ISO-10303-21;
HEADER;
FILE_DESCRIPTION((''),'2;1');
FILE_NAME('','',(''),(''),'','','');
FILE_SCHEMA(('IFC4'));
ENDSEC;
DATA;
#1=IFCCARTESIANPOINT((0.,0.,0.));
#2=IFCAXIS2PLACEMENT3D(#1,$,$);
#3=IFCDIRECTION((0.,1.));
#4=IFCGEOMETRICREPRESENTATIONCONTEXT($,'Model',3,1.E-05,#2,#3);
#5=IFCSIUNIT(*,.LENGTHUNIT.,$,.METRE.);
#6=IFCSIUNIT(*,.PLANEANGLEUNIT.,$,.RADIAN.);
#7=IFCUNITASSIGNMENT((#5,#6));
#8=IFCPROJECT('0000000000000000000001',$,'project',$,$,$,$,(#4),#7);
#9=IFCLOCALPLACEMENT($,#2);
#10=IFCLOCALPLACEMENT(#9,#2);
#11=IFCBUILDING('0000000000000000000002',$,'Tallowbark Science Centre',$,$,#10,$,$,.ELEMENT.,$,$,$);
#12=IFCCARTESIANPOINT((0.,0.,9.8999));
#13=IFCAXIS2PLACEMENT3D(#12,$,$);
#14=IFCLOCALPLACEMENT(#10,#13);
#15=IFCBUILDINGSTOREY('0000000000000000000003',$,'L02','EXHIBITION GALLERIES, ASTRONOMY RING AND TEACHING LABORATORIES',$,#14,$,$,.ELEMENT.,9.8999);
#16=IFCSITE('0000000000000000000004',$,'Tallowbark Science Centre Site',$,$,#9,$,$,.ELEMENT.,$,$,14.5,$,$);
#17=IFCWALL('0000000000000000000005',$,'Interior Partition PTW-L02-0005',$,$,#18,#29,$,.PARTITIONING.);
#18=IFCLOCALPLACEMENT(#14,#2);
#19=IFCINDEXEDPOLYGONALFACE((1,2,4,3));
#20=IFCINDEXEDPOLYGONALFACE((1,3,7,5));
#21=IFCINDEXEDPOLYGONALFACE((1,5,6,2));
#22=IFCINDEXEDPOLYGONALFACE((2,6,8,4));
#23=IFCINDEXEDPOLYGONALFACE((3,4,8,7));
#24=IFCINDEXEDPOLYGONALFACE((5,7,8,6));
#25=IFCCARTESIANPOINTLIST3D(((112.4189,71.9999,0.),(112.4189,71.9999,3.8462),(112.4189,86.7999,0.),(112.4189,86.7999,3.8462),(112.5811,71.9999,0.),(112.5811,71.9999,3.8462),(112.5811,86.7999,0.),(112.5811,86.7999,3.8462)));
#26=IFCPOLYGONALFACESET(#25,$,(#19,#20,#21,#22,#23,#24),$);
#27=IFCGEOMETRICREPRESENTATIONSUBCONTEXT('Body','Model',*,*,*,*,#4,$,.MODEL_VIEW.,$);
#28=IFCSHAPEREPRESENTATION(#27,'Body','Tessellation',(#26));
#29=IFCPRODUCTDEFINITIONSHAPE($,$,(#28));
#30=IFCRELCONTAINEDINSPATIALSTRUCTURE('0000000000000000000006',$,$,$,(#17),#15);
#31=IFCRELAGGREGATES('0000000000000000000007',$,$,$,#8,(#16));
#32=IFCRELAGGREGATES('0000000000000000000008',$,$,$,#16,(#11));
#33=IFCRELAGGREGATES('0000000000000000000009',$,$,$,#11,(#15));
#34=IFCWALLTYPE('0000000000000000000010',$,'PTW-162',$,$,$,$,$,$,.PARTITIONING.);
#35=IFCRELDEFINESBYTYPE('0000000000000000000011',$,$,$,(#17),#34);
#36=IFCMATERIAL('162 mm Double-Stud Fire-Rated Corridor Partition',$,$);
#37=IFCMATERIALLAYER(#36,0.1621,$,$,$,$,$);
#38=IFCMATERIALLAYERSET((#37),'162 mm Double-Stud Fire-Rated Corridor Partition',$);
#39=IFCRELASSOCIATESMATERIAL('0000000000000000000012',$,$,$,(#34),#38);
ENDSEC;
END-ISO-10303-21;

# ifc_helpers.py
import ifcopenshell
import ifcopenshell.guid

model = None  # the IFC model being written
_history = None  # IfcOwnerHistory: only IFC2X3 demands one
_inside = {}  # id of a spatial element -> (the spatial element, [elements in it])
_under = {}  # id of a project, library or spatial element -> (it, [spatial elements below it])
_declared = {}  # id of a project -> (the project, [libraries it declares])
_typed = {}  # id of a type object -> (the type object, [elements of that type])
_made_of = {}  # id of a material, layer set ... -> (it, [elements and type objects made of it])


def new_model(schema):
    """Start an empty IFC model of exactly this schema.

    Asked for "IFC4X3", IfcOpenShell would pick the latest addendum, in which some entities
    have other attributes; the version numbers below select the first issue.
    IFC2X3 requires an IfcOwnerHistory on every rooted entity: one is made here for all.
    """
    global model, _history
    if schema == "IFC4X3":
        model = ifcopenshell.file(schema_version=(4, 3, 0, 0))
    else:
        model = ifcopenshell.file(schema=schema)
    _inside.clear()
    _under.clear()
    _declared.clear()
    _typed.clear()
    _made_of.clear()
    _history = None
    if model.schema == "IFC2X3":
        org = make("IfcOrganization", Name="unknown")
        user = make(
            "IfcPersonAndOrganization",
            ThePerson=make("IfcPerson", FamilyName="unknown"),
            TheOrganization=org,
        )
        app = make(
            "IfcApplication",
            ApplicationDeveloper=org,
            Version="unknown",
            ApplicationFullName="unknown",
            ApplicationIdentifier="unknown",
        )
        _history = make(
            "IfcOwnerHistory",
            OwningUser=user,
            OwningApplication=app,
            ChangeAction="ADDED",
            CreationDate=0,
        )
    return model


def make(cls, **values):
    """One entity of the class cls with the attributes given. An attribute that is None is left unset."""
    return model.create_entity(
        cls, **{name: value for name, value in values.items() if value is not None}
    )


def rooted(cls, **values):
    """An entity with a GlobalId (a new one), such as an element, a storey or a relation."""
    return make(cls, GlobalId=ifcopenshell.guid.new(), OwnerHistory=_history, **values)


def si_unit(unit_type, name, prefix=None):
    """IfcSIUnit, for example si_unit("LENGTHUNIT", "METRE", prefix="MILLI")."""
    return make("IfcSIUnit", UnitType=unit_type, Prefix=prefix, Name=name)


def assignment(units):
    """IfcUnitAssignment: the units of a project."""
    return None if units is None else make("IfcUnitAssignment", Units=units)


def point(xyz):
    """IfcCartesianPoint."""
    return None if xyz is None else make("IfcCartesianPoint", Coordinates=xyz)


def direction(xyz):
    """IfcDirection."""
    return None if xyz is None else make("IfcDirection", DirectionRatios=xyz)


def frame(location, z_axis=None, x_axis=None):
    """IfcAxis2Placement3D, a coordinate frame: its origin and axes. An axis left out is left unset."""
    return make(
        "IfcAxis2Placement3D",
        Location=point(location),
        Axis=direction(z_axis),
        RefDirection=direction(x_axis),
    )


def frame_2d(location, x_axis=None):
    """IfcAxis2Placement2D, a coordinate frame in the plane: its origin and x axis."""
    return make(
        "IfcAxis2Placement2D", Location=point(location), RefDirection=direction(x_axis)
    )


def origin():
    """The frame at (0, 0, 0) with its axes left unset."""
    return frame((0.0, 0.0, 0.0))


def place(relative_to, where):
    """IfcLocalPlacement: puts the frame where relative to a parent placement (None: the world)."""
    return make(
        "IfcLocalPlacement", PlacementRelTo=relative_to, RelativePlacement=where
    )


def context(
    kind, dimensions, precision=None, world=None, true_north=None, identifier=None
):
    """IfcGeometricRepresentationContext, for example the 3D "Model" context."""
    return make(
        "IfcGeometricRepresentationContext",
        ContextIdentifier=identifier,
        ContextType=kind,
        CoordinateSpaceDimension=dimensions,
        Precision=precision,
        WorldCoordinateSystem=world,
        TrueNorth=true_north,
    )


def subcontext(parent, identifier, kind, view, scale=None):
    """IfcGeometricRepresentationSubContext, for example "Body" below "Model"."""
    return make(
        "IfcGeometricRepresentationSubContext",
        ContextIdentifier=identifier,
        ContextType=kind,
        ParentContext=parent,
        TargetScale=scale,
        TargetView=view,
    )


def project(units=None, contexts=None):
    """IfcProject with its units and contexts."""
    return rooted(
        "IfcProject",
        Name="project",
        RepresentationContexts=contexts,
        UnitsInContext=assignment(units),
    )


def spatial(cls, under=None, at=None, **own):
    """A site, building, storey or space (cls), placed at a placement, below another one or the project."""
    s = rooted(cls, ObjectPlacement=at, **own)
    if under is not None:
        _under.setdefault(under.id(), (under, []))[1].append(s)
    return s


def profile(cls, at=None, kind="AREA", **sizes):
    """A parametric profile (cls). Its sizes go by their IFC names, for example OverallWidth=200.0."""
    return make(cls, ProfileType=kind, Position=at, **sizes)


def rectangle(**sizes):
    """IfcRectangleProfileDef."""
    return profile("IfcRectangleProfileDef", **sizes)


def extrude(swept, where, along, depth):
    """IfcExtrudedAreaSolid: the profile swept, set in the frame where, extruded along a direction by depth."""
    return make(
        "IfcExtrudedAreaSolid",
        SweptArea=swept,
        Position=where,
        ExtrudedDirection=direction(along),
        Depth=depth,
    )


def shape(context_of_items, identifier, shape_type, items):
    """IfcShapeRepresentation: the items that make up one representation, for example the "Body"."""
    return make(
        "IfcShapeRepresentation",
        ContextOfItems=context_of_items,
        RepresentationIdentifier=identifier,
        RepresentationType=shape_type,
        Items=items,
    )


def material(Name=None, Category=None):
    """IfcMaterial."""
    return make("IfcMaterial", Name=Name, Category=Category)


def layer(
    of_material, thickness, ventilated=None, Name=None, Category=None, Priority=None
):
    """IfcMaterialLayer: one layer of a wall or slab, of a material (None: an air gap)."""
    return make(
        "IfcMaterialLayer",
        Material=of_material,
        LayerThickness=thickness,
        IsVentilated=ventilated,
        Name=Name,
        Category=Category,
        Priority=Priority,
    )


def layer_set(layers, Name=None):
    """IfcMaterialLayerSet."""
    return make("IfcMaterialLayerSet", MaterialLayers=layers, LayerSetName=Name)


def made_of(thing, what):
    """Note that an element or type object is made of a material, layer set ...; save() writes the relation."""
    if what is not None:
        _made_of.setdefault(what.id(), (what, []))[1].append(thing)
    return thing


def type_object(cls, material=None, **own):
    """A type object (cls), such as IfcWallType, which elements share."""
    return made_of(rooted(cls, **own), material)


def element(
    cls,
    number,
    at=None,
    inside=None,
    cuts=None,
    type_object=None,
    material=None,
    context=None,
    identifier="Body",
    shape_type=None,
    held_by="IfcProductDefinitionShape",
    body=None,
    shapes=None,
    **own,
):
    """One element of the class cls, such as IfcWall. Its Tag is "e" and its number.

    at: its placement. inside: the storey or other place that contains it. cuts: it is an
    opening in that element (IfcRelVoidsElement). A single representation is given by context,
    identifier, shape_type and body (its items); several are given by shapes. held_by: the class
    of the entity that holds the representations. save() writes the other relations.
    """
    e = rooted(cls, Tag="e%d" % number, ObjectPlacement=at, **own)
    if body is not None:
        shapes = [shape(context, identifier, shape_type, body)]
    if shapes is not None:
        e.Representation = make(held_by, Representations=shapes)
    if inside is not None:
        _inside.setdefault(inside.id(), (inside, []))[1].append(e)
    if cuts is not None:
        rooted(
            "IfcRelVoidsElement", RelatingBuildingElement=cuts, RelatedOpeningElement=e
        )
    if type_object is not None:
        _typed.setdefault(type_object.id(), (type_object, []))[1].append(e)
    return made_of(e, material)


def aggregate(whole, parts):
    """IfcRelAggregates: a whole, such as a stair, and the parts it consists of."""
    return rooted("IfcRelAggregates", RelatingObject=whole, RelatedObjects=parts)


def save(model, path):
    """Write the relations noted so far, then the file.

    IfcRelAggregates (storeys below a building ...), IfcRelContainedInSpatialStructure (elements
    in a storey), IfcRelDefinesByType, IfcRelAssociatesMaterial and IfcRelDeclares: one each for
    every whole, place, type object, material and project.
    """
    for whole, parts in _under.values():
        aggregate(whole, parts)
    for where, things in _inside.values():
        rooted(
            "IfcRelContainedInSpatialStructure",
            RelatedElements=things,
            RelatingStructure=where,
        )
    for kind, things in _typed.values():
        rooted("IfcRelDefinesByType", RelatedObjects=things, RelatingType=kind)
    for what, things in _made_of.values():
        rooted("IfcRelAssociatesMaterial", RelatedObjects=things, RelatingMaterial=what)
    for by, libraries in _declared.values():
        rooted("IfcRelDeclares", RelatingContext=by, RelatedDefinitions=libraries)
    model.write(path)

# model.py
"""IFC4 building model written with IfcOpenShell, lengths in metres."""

from ifc_helpers import new_model, si_unit, direction, frame, frame_2d, origin, place, context, subcontext, project, spatial, rectangle, extrude, material, layer, layer_set, type_object, element, save


model = new_model("IFC4")

# Units and contexts
model_context = context("Model", 3, precision=1e-05, world=origin(), true_north=direction((0.0, 1.0)))
body_context = subcontext(model_context, "Body", "Model", "MODEL_VIEW")
ifc_project = project(units=[si_unit("LENGTHUNIT", "METRE"), si_unit("PLANEANGLEUNIT", "RADIAN")], contexts=[model_context])

# Site, building, storey
site_placement = place(None, origin())
site = spatial("IfcSite", under=ifc_project, at=site_placement, Name="Tallowbark Science Centre Site", CompositionType="ELEMENT", RefElevation=14.5)
building_placement = place(site_placement, origin())
building = spatial("IfcBuilding", under=site, at=building_placement, Name="Tallowbark Science Centre", CompositionType="ELEMENT")
storey_placement = place(building_placement, frame((0.0, 0.0, 9.8999)))
storey = spatial("IfcBuildingStorey", under=building, at=storey_placement, Name="L02", Description="EXHIBITION GALLERIES, ASTRONOMY RING AND TEACHING LABORATORIES", CompositionType="ELEMENT", Elevation=9.8999)

# Wall
ifc_material_1 = material(Name="162 mm Double-Stud Fire-Rated Corridor Partition")
ifc_layer_1 = layer(ifc_material_1, 0.1621)
ifc_layer_set_1 = layer_set([ifc_layer_1], Name="162 mm Double-Stud Fire-Rated Corridor Partition")
wall_type = type_object("IfcWallType", Name="PTW-162", PredefinedType="PARTITIONING", material=ifc_layer_set_1)
wall_placement = place(storey_placement, frame((112.5, 72.0, 0.0), z_axis=(0.0, 0.0, 1.0), x_axis=(0.0, 1.0, 0.0)))
element("IfcWall", 1, at=wall_placement, inside=storey, type_object=wall_type, Name="Interior Partition PTW-L02-0005", PredefinedType="PARTITIONING", context=body_context, shape_type="SweptSolid", body=[
    extrude(rectangle(XDim=14.8, YDim=0.1621, at=frame_2d((7.3999, 0.0))), origin(), (0.0, 0.0, 1.0), 3.8462),
])

save(model, "model.ifc")
